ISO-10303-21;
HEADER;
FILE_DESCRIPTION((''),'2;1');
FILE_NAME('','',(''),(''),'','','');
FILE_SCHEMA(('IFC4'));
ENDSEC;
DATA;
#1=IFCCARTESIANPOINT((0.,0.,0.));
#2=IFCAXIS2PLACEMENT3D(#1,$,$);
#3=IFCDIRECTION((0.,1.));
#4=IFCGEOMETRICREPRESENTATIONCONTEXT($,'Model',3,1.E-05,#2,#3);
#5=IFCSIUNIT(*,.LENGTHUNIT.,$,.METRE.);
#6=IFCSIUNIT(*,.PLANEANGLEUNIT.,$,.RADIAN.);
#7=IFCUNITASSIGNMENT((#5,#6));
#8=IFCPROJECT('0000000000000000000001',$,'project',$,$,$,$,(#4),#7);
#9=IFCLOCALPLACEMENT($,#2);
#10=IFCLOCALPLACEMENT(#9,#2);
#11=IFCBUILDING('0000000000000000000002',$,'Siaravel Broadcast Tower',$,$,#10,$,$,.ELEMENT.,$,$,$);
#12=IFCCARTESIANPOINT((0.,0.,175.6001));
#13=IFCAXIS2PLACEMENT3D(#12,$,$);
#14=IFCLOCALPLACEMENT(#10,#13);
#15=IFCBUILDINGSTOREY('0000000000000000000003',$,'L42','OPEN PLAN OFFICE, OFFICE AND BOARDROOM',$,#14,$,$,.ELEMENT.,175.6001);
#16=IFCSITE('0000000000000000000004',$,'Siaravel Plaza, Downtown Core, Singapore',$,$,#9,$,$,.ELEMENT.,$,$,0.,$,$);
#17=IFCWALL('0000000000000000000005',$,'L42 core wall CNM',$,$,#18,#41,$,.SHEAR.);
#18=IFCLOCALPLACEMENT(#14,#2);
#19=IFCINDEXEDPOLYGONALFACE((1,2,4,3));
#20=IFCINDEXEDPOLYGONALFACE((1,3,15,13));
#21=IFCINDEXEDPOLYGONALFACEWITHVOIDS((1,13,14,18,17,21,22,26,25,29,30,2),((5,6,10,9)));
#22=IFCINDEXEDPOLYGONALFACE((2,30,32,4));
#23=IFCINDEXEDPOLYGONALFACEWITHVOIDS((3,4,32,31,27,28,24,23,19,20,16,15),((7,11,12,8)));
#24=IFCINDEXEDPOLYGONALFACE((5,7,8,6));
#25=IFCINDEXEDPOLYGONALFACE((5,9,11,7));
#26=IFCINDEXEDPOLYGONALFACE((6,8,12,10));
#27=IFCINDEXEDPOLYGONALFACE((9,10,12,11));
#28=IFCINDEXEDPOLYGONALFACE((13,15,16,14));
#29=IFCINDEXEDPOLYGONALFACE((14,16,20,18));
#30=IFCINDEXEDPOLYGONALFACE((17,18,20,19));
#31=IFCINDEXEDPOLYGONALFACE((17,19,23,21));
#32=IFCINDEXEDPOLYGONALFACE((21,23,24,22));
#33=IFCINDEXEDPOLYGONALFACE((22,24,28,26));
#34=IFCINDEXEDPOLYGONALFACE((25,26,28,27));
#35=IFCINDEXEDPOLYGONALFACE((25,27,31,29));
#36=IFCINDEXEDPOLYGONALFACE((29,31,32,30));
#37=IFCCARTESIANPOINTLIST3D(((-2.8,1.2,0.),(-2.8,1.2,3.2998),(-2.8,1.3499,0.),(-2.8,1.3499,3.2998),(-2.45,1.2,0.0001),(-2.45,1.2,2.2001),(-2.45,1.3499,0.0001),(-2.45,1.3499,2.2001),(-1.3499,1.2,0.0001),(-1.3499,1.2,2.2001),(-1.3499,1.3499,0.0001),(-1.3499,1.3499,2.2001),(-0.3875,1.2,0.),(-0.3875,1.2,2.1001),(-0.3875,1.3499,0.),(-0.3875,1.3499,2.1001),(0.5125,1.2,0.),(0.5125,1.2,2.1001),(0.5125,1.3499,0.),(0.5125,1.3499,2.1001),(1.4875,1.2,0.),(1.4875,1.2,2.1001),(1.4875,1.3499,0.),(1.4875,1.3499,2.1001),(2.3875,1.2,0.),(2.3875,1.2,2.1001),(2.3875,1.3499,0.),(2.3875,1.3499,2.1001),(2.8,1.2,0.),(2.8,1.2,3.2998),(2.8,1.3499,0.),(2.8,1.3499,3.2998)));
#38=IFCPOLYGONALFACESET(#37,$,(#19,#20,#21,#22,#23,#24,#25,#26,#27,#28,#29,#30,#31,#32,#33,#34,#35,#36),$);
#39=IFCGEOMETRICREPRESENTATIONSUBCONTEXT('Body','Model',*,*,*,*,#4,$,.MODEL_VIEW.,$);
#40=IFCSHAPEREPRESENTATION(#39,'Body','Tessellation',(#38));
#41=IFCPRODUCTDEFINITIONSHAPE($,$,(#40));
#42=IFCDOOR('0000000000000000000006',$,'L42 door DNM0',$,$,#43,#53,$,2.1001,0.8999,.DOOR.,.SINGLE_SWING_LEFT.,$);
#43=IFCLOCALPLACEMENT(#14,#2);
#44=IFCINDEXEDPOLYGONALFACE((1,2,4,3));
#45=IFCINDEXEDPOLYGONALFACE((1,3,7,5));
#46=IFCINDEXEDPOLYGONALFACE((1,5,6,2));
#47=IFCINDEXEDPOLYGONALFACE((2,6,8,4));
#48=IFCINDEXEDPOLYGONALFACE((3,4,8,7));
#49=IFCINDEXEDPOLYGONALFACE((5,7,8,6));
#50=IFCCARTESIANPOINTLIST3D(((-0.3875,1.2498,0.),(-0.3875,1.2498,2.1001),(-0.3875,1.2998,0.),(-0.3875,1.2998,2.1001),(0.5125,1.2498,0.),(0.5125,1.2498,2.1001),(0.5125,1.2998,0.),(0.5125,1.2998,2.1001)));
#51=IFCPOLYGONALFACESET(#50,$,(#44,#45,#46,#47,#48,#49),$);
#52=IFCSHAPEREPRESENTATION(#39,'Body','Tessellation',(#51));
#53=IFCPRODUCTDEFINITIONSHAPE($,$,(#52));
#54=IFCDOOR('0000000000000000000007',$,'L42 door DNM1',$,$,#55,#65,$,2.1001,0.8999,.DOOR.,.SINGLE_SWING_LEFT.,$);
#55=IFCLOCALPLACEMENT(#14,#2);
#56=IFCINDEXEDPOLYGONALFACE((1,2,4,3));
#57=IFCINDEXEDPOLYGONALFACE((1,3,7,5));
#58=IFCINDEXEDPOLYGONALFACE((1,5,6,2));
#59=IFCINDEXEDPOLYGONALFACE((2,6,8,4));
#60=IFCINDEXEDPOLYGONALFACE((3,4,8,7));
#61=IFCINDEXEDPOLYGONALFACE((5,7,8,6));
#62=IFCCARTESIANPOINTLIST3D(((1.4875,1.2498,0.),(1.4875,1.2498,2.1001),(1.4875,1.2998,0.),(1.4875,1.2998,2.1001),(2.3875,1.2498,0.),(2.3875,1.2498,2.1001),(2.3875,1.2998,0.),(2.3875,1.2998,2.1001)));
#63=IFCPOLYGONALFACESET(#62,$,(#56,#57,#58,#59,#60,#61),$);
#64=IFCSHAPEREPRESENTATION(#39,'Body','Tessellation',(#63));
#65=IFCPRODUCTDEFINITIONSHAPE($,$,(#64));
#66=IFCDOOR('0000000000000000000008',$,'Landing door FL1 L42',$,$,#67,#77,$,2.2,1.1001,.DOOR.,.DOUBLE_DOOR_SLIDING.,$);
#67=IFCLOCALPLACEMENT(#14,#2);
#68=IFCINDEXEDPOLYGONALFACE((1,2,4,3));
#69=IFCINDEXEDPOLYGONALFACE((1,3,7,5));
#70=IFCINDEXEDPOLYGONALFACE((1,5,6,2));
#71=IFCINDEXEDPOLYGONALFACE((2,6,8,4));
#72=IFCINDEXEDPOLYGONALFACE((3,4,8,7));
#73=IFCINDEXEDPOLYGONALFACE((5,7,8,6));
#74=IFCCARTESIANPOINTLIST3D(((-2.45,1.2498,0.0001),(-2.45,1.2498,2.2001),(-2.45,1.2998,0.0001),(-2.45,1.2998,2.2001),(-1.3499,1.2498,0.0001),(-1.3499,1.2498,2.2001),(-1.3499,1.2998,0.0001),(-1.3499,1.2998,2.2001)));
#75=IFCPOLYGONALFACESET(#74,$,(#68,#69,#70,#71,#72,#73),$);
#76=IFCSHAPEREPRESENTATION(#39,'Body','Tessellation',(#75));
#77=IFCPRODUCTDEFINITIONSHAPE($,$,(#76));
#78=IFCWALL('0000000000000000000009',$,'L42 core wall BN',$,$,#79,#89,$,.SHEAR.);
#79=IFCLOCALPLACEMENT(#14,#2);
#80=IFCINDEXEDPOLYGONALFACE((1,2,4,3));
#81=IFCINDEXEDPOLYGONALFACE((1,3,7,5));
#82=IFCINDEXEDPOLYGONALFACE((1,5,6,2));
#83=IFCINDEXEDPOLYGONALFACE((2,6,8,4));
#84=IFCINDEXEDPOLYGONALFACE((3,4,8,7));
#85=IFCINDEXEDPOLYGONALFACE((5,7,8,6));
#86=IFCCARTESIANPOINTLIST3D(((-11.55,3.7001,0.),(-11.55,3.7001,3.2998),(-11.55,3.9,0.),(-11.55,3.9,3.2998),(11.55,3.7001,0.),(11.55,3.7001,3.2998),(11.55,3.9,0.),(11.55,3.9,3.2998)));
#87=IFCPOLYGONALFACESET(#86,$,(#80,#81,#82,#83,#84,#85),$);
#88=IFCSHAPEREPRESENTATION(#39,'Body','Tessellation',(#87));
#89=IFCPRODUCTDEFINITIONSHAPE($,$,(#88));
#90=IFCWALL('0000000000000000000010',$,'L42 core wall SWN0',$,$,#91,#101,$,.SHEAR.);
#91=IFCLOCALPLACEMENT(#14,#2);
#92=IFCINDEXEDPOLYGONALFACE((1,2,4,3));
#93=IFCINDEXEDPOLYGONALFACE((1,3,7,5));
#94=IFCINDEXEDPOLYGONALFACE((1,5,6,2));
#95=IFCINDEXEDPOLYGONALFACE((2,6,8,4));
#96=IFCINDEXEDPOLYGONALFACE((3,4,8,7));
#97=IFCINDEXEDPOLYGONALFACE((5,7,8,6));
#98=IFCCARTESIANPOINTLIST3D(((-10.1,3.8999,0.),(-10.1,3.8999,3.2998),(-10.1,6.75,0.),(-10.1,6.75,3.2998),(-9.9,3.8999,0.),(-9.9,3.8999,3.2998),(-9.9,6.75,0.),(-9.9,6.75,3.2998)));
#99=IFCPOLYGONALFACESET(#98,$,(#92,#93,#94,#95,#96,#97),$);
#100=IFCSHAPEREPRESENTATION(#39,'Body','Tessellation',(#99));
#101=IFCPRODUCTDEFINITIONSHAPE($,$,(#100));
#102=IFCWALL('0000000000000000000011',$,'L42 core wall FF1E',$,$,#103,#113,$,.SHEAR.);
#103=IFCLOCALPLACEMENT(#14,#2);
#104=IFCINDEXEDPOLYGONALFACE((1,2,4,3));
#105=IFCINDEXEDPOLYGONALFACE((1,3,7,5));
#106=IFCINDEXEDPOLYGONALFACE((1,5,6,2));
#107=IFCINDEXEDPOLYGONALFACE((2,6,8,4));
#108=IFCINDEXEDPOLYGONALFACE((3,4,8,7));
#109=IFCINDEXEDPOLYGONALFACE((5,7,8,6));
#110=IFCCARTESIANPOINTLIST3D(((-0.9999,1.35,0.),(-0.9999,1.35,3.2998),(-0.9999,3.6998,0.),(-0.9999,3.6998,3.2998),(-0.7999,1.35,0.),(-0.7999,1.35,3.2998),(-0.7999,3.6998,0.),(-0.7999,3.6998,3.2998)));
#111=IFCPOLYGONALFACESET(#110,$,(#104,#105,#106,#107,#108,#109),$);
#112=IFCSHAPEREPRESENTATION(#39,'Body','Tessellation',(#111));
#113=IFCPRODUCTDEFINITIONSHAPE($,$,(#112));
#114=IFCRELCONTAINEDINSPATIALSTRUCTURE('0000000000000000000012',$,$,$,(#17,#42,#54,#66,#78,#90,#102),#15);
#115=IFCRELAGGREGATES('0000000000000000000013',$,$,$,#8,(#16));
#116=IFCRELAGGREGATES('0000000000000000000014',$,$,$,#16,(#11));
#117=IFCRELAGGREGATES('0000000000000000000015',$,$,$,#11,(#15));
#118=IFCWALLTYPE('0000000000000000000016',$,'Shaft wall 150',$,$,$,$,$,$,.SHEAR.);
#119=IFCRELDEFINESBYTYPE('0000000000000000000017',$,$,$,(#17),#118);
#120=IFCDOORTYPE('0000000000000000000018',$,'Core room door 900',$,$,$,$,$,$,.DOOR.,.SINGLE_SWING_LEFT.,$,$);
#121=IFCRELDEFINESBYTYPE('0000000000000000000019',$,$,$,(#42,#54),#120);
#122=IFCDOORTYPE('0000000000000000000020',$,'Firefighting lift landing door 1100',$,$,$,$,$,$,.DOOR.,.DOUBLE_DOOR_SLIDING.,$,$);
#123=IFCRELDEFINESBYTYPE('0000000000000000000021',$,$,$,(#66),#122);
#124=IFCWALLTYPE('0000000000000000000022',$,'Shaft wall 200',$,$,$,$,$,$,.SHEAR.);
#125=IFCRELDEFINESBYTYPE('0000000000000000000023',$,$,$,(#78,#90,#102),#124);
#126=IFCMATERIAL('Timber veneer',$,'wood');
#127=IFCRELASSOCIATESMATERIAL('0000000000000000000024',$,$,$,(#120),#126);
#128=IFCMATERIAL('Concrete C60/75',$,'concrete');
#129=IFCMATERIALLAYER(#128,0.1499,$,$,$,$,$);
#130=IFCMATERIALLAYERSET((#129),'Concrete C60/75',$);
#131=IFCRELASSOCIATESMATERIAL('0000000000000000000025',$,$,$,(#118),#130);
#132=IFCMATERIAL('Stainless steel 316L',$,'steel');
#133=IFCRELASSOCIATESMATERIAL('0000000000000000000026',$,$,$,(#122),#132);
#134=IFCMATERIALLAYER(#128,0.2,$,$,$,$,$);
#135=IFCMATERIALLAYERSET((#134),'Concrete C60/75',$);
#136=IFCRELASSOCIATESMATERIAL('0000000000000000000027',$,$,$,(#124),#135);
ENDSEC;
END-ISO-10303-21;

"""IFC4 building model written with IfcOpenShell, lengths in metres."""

from ifc_helpers import new_model, si_unit, direction, frame, frame_2d, origin, place, context, subcontext, project, spatial, rectangle, extrude, material, layer, layer_set, type_object, element, fill, save


model = new_model("IFC4")

# Units and contexts
model_context = context("Model", 3, precision=1e-05, world=origin(), true_north=direction((0.0, 1.0)))
body_context = subcontext(model_context, "Body", "Model", "MODEL_VIEW")
ifc_project = project(units=[si_unit("LENGTHUNIT", "METRE"), si_unit("PLANEANGLEUNIT", "RADIAN")], contexts=[model_context])

# Site, building, storey
site_placement = place(None, origin())
site = spatial("IfcSite", under=ifc_project, at=site_placement, Name="Siaravel Plaza, Downtown Core, Singapore", CompositionType="ELEMENT", RefElevation=0.0)
building_placement = place(site_placement, origin())
building = spatial("IfcBuilding", under=site, at=building_placement, Name="Siaravel Broadcast Tower", CompositionType="ELEMENT")
storey_placement = place(building_placement, frame((0.0, 0.0, 175.6001)))
storey = spatial("IfcBuildingStorey", under=building, at=storey_placement, Name="L42", Description="OPEN PLAN OFFICE, OFFICE AND BOARDROOM", CompositionType="ELEMENT", Elevation=175.6001)

# Wall, openings, doors
ifc_material_1 = material(Name="Timber veneer", Category="wood")
door_type_1 = type_object("IfcDoorType", Name="Core room door 900", OperationType="SINGLE_SWING_LEFT", PredefinedType="DOOR", material=ifc_material_1)
ifc_material_2 = material(Name="Concrete C60/75", Category="concrete")
ifc_layer_1 = layer(ifc_material_2, 0.1499)
ifc_layer_set_1 = layer_set([ifc_layer_1], Name="Concrete C60/75")
wall_type_1 = type_object("IfcWallType", Name="Shaft wall 150", PredefinedType="SHEAR", material=ifc_layer_set_1)
wall_1_placement = place(storey_placement, frame((-2.8, 1.2749, 0.0), z_axis=(0.0, 0.0, 1.0), x_axis=(1.0, 0.0, 0.0)))
wall_1 = element("IfcWall", 1, at=wall_1_placement, inside=storey, type_object=wall_type_1, Name="L42 core wall CNM", PredefinedType="SHEAR", context=body_context, shape_type="SweptSolid", body=[
    extrude(rectangle(XDim=5.6001, YDim=0.1499, at=frame_2d((2.8, 0.0))), origin(), (0.0, 0.0, 1.0), 3.2998),
])
opening_1_placement = place(wall_1_placement, frame((0.3501, 0.0, 0.0)))
opening_1 = element("IfcOpeningElement", 2, at=opening_1_placement, cuts=wall_1, PredefinedType="OPENING", context=body_context, shape_type="SweptSolid", body=[
    extrude(rectangle(XDim=1.1001, YDim=2.2, at=frame_2d((0.55, 1.1001))), frame((0.0, 0.085, 0.0), z_axis=(0.0, -1.0, 0.0), x_axis=(1.0, 0.0, 0.0)), (0.0, 0.0, 1.0), 0.1699),
])
opening_2_placement = place(wall_1_placement, frame((2.4126, 0.0, 0.0)))
opening_2 = element("IfcOpeningElement", 3, at=opening_2_placement, cuts=wall_1, PredefinedType="OPENING", context=body_context, shape_type="SweptSolid", body=[
    extrude(rectangle(XDim=0.8999, YDim=2.1001, at=frame_2d((0.45, 1.05))), frame((0.0, 0.085, 0.0), z_axis=(0.0, -1.0, 0.0), x_axis=(1.0, 0.0, 0.0)), (0.0, 0.0, 1.0), 0.1699),
])
opening_3_placement = place(wall_1_placement, frame((4.2876, 0.0, 0.0)))
opening_3 = element("IfcOpeningElement", 4, at=opening_3_placement, cuts=wall_1, PredefinedType="OPENING", context=body_context, shape_type="SweptSolid", body=[
    extrude(rectangle(XDim=0.8999, YDim=2.1001, at=frame_2d((0.45, 1.05))), frame((0.0, 0.085, 0.0), z_axis=(0.0, -1.0, 0.0), x_axis=(1.0, 0.0, 0.0)), (0.0, 0.0, 1.0), 0.1699),
])
door_1_placement = place(opening_2_placement, origin())
door_1 = element("IfcDoor", 5, at=door_1_placement, inside=storey, type_object=door_type_1, Name="L42 door DNM0", OperationType="SINGLE_SWING_LEFT", OverallHeight=2.1001, OverallWidth=0.8999, PredefinedType="DOOR", context=body_context, shape_type="SweptSolid", body=[
    extrude(rectangle(XDim=0.8999, YDim=2.1001, at=frame_2d((0.45, 1.05))), frame((0.0, 0.0249, 0.0), z_axis=(0.0, -1.0, 0.0), x_axis=(1.0, 0.0, 0.0)), (0.0, 0.0, 1.0), 0.05),
])
fill(opening_2, door_1)
door_2_placement = place(opening_3_placement, origin())
door_2 = element("IfcDoor", 6, at=door_2_placement, inside=storey, type_object=door_type_1, Name="L42 door DNM1", OperationType="SINGLE_SWING_LEFT", OverallHeight=2.1001, OverallWidth=0.8999, PredefinedType="DOOR", context=body_context, shape_type="SweptSolid", body=[
    extrude(rectangle(XDim=0.8999, YDim=2.1001, at=frame_2d((0.45, 1.05))), frame((0.0, 0.0249, 0.0), z_axis=(0.0, -1.0, 0.0), x_axis=(1.0, 0.0, 0.0)), (0.0, 0.0, 1.0), 0.05),
])
fill(opening_3, door_2)
ifc_material_3 = material(Name="Stainless steel 316L", Category="steel")
door_type_2 = type_object("IfcDoorType", Name="Firefighting lift landing door 1100", OperationType="DOUBLE_DOOR_SLIDING", PredefinedType="DOOR", material=ifc_material_3)
door_3_placement = place(opening_1_placement, origin())
door_3 = element("IfcDoor", 7, at=door_3_placement, inside=storey, type_object=door_type_2, Name="Landing door FL1 L42", OperationType="DOUBLE_DOOR_SLIDING", OverallHeight=2.2, OverallWidth=1.1001, PredefinedType="DOOR", context=body_context, shape_type="SweptSolid", body=[
    extrude(rectangle(XDim=1.1001, YDim=2.2, at=frame_2d((0.55, 1.1001))), frame((0.0, 0.0249, 0.0), z_axis=(0.0, -1.0, 0.0), x_axis=(1.0, 0.0, 0.0)), (0.0, 0.0, 1.0), 0.05),
])
fill(opening_1, door_3)

# Walls
ifc_layer_2 = layer(ifc_material_2, 0.2)
ifc_layer_set_2 = layer_set([ifc_layer_2], Name="Concrete C60/75")
wall_type_2 = type_object("IfcWallType", Name="Shaft wall 200", PredefinedType="SHEAR", material=ifc_layer_set_2)
wall_2_placement = place(storey_placement, frame((-11.55, 3.8, 0.0), z_axis=(0.0, 0.0, 1.0), x_axis=(1.0, 0.0, 0.0)))
element("IfcWall", 8, at=wall_2_placement, inside=storey, type_object=wall_type_2, Name="L42 core wall BN", PredefinedType="SHEAR", context=body_context, shape_type="SweptSolid", body=[
    extrude(rectangle(XDim=23.1001, YDim=0.2, at=frame_2d((11.55, 0.0))), origin(), (0.0, 0.0, 1.0), 3.2998),
])
wall_3_placement = place(storey_placement, frame((-10.0, 3.8999, 0.0), z_axis=(0.0, 0.0, 1.0), x_axis=(0.0, 1.0, 0.0)))
element("IfcWall", 9, at=wall_3_placement, inside=storey, type_object=wall_type_2, Name="L42 core wall SWN0", PredefinedType="SHEAR", context=body_context, shape_type="SweptSolid", body=[
    extrude(rectangle(XDim=2.8501, YDim=0.2, at=frame_2d((1.425, 0.0))), origin(), (0.0, 0.0, 1.0), 3.2998),
])
wall_4_placement = place(storey_placement, frame((-0.8999, 1.3501, 0.0), z_axis=(0.0, 0.0, 1.0), x_axis=(0.0, 1.0, 0.0)))
element("IfcWall", 10, at=wall_4_placement, inside=storey, type_object=wall_type_2, Name="L42 core wall FF1E", PredefinedType="SHEAR", context=body_context, shape_type="SweptSolid", body=[
    extrude(rectangle(XDim=2.3499, YDim=0.2, at=frame_2d((1.1748, 0.0))), origin(), (0.0, 0.0, 1.0), 3.2998),
])

save(model, "model.ifc")
